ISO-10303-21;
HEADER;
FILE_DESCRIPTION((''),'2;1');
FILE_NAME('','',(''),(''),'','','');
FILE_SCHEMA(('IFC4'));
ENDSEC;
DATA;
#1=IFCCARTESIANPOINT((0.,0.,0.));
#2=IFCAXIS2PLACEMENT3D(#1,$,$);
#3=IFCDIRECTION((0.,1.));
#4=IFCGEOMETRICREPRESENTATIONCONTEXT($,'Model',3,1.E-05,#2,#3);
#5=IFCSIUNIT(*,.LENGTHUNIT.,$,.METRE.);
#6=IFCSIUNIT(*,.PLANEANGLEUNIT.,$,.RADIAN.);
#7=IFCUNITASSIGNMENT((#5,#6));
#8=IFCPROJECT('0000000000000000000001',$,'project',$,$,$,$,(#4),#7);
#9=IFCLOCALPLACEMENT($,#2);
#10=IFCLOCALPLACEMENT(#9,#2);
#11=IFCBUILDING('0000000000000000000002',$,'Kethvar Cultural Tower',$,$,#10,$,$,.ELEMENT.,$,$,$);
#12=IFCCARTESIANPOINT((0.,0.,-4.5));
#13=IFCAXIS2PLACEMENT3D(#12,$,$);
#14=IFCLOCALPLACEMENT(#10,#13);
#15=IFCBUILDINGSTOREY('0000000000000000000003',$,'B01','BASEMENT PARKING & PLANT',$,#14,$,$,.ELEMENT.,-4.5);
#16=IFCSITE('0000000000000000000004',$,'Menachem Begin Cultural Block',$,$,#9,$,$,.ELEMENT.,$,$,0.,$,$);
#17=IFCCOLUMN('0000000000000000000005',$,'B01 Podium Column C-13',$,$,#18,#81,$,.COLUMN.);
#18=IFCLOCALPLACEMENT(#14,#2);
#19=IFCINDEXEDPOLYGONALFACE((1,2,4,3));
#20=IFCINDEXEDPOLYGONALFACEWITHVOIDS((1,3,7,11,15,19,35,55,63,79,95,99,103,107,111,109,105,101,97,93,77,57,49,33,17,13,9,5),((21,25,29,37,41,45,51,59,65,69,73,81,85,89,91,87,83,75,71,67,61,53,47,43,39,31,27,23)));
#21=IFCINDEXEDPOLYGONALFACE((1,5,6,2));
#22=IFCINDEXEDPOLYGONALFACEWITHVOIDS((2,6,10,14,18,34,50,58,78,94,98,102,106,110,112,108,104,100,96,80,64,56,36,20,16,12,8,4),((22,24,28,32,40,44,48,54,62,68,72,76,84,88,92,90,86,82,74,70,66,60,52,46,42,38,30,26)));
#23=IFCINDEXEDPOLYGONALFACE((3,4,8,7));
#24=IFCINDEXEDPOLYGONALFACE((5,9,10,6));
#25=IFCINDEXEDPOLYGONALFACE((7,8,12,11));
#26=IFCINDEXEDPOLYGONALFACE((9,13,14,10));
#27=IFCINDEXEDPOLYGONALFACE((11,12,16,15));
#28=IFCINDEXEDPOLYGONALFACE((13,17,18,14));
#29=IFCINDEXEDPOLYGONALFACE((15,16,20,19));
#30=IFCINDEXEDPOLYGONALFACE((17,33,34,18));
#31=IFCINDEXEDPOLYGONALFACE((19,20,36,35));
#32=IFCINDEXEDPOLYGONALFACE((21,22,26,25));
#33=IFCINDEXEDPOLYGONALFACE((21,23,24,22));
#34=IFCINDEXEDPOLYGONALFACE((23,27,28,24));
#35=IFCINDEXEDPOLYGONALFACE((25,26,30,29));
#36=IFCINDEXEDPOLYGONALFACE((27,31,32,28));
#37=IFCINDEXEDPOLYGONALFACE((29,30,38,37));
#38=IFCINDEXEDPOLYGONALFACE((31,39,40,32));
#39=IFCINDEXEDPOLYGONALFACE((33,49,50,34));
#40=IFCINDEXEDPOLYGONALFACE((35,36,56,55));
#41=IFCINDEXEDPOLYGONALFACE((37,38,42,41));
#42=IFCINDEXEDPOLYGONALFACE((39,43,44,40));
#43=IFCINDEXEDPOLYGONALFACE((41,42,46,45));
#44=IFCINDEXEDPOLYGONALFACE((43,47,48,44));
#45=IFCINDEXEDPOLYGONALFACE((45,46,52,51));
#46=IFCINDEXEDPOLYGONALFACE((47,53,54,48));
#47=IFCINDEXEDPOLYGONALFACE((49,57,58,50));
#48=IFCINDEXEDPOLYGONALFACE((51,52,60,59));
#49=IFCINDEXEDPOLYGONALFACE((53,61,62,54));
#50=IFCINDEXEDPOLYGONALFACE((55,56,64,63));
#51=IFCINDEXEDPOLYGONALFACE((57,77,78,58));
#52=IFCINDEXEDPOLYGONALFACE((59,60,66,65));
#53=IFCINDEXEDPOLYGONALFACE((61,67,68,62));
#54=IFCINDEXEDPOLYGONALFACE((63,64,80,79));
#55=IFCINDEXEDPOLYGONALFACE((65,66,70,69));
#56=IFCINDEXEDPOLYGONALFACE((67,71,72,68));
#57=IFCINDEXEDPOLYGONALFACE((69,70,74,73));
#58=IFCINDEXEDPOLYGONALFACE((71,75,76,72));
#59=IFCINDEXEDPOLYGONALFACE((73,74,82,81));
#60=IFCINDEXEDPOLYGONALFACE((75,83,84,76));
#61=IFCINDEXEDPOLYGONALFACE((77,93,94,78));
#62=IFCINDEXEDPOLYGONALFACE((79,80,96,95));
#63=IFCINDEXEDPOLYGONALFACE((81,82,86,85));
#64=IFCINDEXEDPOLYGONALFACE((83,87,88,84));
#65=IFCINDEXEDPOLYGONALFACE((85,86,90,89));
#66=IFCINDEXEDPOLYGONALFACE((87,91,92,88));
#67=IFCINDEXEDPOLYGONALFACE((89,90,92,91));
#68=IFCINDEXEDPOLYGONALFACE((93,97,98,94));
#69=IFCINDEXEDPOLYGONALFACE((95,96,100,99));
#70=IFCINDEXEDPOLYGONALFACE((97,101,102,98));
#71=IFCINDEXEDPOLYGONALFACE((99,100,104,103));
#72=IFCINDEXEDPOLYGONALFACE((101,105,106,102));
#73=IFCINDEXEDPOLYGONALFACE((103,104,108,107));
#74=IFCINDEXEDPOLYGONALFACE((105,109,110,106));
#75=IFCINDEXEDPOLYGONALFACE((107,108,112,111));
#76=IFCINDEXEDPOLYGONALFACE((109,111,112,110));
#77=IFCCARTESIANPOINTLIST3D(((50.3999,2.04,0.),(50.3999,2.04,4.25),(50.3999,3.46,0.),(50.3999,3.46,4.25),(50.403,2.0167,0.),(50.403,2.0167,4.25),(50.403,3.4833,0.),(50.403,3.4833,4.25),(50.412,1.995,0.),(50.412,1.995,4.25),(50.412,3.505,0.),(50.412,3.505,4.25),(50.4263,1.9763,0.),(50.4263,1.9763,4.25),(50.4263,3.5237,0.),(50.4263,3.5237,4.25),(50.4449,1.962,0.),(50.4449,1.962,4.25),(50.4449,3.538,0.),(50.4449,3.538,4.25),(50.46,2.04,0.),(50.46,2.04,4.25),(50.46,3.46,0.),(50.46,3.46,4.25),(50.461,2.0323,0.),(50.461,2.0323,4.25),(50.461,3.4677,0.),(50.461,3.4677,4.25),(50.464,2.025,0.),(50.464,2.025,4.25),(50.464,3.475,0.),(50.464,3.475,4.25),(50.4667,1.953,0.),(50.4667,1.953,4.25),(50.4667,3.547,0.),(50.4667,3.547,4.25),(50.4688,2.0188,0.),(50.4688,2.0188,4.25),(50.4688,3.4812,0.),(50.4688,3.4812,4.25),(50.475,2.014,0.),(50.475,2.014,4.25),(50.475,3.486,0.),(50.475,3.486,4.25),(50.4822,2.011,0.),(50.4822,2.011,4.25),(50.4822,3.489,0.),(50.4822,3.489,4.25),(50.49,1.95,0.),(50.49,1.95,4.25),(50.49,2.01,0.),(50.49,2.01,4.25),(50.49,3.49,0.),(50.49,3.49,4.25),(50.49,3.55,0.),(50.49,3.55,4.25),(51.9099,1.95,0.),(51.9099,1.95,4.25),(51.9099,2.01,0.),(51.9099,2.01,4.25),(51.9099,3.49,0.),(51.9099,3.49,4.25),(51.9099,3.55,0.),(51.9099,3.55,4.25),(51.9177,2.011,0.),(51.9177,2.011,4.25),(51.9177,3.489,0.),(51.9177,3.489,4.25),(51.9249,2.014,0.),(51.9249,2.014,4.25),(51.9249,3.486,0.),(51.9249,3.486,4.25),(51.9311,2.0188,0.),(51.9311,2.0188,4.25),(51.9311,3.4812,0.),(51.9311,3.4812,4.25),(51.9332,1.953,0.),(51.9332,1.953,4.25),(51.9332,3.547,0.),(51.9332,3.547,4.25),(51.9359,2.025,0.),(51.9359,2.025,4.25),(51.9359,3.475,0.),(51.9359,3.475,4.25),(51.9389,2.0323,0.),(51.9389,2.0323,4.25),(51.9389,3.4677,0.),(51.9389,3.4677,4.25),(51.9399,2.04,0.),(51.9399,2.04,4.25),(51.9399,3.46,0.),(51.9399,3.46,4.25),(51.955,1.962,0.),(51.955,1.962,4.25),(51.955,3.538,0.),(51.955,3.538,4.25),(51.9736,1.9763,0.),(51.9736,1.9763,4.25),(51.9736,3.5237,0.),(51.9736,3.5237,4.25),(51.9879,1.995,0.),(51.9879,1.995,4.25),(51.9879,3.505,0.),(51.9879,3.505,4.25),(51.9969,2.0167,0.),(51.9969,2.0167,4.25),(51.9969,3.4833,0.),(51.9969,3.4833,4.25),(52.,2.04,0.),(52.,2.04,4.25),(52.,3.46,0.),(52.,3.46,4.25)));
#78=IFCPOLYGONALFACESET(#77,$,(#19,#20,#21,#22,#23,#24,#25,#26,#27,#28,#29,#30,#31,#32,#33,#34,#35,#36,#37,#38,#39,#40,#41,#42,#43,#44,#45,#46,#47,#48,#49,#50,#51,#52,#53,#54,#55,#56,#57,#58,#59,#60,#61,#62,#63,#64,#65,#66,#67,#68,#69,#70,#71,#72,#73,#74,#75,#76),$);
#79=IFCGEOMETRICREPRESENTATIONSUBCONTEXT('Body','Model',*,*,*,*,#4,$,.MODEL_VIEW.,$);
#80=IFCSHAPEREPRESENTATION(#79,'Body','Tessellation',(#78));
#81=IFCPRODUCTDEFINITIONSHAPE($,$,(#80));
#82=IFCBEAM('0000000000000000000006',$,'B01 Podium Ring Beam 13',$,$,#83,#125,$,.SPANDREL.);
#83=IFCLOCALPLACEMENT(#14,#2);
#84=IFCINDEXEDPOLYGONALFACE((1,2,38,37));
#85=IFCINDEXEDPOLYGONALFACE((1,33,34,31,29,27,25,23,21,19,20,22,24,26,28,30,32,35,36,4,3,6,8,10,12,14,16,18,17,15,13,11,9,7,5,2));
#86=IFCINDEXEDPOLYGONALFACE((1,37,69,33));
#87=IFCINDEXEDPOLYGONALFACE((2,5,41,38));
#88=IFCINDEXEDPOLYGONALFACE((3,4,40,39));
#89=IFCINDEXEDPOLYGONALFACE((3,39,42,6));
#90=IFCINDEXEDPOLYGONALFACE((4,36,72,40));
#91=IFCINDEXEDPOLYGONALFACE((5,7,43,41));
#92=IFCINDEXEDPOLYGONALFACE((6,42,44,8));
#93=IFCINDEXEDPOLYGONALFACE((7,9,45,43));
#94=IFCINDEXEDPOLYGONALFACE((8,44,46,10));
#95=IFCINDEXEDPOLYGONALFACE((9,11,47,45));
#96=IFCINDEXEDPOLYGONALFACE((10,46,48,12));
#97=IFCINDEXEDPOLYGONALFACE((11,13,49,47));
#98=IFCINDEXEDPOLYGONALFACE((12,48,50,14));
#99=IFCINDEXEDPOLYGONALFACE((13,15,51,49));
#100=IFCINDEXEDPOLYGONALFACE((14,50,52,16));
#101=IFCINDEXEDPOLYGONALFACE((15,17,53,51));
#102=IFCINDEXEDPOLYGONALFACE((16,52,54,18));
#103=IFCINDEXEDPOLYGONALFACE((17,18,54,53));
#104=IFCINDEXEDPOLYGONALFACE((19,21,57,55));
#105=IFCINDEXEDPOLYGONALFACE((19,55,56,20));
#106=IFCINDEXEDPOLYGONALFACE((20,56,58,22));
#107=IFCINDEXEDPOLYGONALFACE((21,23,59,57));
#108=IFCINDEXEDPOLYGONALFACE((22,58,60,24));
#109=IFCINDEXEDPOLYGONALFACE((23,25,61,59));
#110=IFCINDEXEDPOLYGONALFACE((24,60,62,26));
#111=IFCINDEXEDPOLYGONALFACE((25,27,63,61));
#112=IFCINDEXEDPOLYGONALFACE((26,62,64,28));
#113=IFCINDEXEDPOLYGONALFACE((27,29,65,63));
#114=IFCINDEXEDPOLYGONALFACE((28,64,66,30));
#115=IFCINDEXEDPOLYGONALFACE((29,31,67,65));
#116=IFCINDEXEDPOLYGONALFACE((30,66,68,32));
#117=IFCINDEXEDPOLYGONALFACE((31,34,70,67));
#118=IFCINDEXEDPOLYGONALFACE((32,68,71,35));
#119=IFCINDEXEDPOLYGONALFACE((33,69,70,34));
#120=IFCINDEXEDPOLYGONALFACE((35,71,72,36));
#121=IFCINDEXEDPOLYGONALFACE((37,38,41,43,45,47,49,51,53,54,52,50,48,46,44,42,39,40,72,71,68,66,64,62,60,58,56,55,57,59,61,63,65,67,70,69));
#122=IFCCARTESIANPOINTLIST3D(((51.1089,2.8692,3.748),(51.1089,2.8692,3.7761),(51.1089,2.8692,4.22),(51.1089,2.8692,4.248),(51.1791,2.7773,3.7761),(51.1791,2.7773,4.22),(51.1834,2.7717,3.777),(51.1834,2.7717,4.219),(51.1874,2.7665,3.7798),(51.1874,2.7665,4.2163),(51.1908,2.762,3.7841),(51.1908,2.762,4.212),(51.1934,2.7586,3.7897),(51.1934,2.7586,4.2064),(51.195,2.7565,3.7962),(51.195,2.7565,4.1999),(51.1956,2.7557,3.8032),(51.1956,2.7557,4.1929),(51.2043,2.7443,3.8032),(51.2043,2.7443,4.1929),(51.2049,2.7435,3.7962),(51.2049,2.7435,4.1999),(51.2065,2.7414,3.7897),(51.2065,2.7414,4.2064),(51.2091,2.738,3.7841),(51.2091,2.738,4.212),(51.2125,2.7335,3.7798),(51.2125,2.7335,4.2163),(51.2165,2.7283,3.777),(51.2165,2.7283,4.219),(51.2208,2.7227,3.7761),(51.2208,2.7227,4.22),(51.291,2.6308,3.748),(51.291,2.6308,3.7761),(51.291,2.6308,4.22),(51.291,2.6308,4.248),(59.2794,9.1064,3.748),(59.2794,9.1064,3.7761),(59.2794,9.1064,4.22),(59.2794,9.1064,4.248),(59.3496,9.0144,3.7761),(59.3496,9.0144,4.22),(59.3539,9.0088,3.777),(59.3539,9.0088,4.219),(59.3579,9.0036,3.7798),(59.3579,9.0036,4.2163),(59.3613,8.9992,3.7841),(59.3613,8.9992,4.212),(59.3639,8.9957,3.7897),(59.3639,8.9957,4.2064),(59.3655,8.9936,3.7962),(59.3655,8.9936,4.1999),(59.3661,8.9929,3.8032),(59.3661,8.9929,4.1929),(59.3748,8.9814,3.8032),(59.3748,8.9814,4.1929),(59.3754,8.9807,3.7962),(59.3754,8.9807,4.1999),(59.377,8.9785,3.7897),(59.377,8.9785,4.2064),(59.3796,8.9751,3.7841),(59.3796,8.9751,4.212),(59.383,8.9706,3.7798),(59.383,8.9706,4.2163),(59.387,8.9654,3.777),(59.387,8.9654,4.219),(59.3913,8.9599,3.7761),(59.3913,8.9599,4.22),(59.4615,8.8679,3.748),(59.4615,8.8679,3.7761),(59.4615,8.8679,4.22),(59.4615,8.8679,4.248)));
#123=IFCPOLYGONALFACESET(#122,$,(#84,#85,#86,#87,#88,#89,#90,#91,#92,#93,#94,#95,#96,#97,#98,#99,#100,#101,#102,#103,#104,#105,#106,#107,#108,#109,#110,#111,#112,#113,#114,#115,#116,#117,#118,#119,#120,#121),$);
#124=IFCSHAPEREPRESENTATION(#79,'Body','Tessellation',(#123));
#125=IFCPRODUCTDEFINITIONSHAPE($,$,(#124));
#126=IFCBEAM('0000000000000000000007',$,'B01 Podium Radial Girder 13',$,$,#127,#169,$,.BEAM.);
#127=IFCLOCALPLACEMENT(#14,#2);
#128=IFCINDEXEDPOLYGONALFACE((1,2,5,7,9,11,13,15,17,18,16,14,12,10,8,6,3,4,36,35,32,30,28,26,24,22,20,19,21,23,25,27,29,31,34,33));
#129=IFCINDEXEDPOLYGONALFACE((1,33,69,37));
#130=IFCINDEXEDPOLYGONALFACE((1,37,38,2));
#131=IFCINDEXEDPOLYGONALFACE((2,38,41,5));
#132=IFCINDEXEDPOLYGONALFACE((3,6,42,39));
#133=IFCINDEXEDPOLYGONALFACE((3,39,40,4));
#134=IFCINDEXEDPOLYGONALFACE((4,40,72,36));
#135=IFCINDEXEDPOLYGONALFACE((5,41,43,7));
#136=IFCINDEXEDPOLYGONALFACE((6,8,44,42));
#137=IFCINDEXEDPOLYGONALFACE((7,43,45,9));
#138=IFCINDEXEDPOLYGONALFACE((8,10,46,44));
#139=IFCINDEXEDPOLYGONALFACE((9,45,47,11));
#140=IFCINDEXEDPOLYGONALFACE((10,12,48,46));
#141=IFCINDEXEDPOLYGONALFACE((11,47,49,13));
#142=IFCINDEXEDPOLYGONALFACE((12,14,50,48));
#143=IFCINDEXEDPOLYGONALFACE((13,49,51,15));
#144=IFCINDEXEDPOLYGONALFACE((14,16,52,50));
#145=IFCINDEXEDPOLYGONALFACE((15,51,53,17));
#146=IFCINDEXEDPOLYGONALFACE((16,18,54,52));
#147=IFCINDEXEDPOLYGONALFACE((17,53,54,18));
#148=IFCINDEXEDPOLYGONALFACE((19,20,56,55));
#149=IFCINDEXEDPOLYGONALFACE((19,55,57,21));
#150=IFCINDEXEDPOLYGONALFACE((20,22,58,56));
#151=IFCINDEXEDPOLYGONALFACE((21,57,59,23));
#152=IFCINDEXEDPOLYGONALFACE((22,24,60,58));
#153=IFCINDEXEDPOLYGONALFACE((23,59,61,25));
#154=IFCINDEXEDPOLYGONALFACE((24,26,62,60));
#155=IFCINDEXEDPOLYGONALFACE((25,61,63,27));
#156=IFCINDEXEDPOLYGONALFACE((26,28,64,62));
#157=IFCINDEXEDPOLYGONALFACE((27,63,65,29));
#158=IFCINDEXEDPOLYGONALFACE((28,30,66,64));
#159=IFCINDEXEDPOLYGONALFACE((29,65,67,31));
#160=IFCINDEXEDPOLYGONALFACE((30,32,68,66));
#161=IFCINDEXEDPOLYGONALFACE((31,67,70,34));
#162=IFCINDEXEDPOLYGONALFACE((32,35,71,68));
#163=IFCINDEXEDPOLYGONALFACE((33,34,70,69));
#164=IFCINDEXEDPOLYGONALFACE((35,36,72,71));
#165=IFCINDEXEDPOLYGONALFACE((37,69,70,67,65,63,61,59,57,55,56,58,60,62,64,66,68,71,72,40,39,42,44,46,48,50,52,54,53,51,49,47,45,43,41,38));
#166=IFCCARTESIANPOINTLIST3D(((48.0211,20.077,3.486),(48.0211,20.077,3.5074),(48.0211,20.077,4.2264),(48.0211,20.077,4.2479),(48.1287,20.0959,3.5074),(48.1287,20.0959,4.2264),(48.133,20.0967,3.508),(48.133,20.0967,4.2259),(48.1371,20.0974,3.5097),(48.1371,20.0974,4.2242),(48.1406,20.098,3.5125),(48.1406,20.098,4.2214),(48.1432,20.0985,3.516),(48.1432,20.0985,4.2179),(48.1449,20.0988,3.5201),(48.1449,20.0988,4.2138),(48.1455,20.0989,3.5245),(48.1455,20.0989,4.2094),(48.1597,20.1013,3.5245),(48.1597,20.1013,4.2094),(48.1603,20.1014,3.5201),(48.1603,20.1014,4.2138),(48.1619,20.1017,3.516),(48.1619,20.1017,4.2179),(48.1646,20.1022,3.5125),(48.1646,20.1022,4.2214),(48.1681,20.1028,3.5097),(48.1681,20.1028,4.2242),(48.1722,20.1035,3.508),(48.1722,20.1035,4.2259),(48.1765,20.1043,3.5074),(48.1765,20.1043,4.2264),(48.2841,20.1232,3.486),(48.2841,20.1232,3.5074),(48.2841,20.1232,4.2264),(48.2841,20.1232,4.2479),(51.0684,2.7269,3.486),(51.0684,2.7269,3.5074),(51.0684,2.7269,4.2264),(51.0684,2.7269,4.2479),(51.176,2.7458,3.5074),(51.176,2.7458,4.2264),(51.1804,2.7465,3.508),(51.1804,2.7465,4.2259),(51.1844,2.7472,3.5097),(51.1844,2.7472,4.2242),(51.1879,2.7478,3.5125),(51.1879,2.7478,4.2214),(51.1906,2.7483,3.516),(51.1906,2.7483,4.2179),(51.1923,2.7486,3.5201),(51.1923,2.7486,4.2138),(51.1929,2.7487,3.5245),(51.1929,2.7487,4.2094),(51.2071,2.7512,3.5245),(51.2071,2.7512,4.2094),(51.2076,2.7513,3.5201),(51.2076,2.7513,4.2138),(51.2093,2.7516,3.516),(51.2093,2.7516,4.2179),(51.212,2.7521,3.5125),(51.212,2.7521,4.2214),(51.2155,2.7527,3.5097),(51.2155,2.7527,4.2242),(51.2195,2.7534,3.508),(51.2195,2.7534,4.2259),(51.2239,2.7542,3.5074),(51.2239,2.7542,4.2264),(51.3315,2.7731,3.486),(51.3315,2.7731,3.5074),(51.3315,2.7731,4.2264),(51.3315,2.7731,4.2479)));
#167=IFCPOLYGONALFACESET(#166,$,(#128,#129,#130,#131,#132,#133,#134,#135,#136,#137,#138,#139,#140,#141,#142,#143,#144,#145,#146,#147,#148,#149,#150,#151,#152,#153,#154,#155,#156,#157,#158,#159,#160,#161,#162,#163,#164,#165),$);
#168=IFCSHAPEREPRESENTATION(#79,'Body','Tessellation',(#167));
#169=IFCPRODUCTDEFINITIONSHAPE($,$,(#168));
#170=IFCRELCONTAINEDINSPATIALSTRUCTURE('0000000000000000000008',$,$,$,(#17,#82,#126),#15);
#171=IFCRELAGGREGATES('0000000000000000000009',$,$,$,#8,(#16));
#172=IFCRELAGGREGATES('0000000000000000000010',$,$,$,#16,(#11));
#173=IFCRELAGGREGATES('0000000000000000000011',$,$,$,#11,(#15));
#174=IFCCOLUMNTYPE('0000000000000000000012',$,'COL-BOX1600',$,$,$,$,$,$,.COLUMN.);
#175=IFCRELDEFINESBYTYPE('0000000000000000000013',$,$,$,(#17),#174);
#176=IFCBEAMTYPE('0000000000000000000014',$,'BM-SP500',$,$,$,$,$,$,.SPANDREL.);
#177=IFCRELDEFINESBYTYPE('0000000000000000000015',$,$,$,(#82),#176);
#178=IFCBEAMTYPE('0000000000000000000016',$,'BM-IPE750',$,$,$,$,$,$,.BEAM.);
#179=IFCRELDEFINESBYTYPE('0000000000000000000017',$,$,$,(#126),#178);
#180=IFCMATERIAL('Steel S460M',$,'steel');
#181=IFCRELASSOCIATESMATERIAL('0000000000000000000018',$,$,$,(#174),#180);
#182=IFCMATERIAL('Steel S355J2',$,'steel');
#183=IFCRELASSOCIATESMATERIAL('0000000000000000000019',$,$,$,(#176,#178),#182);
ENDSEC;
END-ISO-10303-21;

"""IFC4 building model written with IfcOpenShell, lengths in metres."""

from ifc_helpers import new_model, si_unit, direction, frame, origin, origin_2d, place, context, subcontext, project, spatial, hollow_rectangle, i_section, extrude, source, transform, mapped, material, material_profile, profile_set, type_object, element, save


model = new_model("IFC4")

# Units and contexts
model_context = context("Model", 3, precision=1e-05, world=origin(), true_north=direction((0.0, 1.0)))
body_context = subcontext(model_context, "Body", "Model", "MODEL_VIEW")
ifc_project = project(units=[si_unit("LENGTHUNIT", "METRE"), si_unit("PLANEANGLEUNIT", "RADIAN")], contexts=[model_context])

# Site, building, storey
site_placement = place(None, origin())
site = spatial("IfcSite", under=ifc_project, at=site_placement, Name="Menachem Begin Cultural Block", CompositionType="ELEMENT", RefElevation=0.0)
building_placement = place(site_placement, origin())
building = spatial("IfcBuilding", under=site, at=building_placement, Name="Kethvar Cultural Tower", CompositionType="ELEMENT")
storey_placement = place(building_placement, frame((0.0, 0.0, -4.5)))
storey = spatial("IfcBuildingStorey", under=building, at=storey_placement, Name="B01", Description="BASEMENT PARKING & PLANT", CompositionType="ELEMENT", Elevation=-4.5)

# Column
ifc_material_1 = material(Name="Steel S460M", Category="steel")
ifc_material_profile_1 = material_profile(ifc_material_1, hollow_rectangle(XDim=1.6001, YDim=1.6001, WallThickness=0.0601, InnerFilletRadius=0.03, OuterFilletRadius=0.0901, at=origin_2d()), Name="Steel S460M — BOX1600x1600x60")
ifc_profile_set_1 = profile_set([ifc_material_profile_1], Name="Steel S460M — BOX1600x1600x60")
column_type = type_object("IfcColumnType", Name="COL-BOX1600", PredefinedType="COLUMN", material=ifc_profile_set_1)
shared_shape_1 = source(origin(), body_context, "Body", "SweptSolid", [
    extrude(hollow_rectangle(XDim=1.6001, YDim=1.6001, WallThickness=0.0601, InnerFilletRadius=0.03, OuterFilletRadius=0.0901, at=origin_2d()), origin(), (0.0, 0.0, 1.0), 4.25),
])
column_placement = place(storey_placement, frame((51.2, 2.75, 0.0), z_axis=(0.0, 0.0, 1.0), x_axis=(1.0, 0.0, 0.0)))
element("IfcColumn", 1, at=column_placement, inside=storey, type_object=column_type, Name="B01 Podium Column C-13", PredefinedType="COLUMN", context=body_context, shape_type="MappedRepresentation", body=[
    mapped(shared_shape_1, transform((0.0, 0.0, 0.0), scale=1.0)),
])

# Beams
ifc_material_2 = material(Name="Steel S355J2", Category="steel")
ifc_material_profile_2 = material_profile(ifc_material_2, i_section(OverallWidth=0.3, OverallDepth=0.5, WebThickness=0.0144, FlangeThickness=0.0281, FilletRadius=0.0271, at=origin_2d()), Name="Steel S355J2 — HEB500")
ifc_profile_set_2 = profile_set([ifc_material_profile_2], Name="Steel S355J2 — HEB500")
beam_type_1 = type_object("IfcBeamType", Name="BM-SP500", PredefinedType="SPANDREL", material=ifc_profile_set_2)
shared_shape_2 = source(origin(), body_context, "Body", "SweptSolid", [
    extrude(i_section(OverallWidth=0.3, OverallDepth=0.5, WebThickness=0.0144, FlangeThickness=0.0281, FilletRadius=0.0271, at=origin_2d()), origin(), (0.0, 0.0, 1.0), 10.2791),
])
beam_1_placement = place(storey_placement, frame((51.2, 2.75, 3.998), z_axis=(0.794869, 0.606781, 0.0), x_axis=(-0.606781, 0.794869, 0.0)))
element("IfcBeam", 2, at=beam_1_placement, inside=storey, type_object=beam_type_1, Name="B01 Podium Ring Beam 13", PredefinedType="SPANDREL", context=body_context, shape_type="MappedRepresentation", body=[
    mapped(shared_shape_2, transform((0.0, 0.0, 0.0), scale=1.0)),
])
ifc_material_profile_3 = material_profile(ifc_material_2, i_section(OverallWidth=0.2671, OverallDepth=0.762, WebThickness=0.0144, FlangeThickness=0.0215, FilletRadius=0.0171, at=origin_2d()), Name="Steel S355J2 — IPE750x173")
ifc_profile_set_3 = profile_set([ifc_material_profile_3], Name="Steel S355J2 — IPE750x173")
beam_type_2 = type_object("IfcBeamType", Name="BM-IPE750", PredefinedType="BEAM", material=ifc_profile_set_3)
shared_shape_3 = source(origin(), body_context, "Body", "SweptSolid", [
    extrude(i_section(OverallWidth=0.2671, OverallDepth=0.762, WebThickness=0.0144, FlangeThickness=0.0215, FilletRadius=0.0171, at=origin_2d()), origin(), (0.0, 0.0, 1.0), 17.6157),
])
beam_2_placement = place(storey_placement, frame((48.1526, 20.1001, 3.8669), z_axis=(0.172991, -0.984923, 0.0), x_axis=(0.984923, 0.172991, 0.0)))
element("IfcBeam", 3, at=beam_2_placement, inside=storey, type_object=beam_type_2, Name="B01 Podium Radial Girder 13", PredefinedType="BEAM", context=body_context, shape_type="MappedRepresentation", body=[
    mapped(shared_shape_3, transform((0.0, 0.0, 0.0), scale=1.0)),
])

save(model, "model.ifc")
